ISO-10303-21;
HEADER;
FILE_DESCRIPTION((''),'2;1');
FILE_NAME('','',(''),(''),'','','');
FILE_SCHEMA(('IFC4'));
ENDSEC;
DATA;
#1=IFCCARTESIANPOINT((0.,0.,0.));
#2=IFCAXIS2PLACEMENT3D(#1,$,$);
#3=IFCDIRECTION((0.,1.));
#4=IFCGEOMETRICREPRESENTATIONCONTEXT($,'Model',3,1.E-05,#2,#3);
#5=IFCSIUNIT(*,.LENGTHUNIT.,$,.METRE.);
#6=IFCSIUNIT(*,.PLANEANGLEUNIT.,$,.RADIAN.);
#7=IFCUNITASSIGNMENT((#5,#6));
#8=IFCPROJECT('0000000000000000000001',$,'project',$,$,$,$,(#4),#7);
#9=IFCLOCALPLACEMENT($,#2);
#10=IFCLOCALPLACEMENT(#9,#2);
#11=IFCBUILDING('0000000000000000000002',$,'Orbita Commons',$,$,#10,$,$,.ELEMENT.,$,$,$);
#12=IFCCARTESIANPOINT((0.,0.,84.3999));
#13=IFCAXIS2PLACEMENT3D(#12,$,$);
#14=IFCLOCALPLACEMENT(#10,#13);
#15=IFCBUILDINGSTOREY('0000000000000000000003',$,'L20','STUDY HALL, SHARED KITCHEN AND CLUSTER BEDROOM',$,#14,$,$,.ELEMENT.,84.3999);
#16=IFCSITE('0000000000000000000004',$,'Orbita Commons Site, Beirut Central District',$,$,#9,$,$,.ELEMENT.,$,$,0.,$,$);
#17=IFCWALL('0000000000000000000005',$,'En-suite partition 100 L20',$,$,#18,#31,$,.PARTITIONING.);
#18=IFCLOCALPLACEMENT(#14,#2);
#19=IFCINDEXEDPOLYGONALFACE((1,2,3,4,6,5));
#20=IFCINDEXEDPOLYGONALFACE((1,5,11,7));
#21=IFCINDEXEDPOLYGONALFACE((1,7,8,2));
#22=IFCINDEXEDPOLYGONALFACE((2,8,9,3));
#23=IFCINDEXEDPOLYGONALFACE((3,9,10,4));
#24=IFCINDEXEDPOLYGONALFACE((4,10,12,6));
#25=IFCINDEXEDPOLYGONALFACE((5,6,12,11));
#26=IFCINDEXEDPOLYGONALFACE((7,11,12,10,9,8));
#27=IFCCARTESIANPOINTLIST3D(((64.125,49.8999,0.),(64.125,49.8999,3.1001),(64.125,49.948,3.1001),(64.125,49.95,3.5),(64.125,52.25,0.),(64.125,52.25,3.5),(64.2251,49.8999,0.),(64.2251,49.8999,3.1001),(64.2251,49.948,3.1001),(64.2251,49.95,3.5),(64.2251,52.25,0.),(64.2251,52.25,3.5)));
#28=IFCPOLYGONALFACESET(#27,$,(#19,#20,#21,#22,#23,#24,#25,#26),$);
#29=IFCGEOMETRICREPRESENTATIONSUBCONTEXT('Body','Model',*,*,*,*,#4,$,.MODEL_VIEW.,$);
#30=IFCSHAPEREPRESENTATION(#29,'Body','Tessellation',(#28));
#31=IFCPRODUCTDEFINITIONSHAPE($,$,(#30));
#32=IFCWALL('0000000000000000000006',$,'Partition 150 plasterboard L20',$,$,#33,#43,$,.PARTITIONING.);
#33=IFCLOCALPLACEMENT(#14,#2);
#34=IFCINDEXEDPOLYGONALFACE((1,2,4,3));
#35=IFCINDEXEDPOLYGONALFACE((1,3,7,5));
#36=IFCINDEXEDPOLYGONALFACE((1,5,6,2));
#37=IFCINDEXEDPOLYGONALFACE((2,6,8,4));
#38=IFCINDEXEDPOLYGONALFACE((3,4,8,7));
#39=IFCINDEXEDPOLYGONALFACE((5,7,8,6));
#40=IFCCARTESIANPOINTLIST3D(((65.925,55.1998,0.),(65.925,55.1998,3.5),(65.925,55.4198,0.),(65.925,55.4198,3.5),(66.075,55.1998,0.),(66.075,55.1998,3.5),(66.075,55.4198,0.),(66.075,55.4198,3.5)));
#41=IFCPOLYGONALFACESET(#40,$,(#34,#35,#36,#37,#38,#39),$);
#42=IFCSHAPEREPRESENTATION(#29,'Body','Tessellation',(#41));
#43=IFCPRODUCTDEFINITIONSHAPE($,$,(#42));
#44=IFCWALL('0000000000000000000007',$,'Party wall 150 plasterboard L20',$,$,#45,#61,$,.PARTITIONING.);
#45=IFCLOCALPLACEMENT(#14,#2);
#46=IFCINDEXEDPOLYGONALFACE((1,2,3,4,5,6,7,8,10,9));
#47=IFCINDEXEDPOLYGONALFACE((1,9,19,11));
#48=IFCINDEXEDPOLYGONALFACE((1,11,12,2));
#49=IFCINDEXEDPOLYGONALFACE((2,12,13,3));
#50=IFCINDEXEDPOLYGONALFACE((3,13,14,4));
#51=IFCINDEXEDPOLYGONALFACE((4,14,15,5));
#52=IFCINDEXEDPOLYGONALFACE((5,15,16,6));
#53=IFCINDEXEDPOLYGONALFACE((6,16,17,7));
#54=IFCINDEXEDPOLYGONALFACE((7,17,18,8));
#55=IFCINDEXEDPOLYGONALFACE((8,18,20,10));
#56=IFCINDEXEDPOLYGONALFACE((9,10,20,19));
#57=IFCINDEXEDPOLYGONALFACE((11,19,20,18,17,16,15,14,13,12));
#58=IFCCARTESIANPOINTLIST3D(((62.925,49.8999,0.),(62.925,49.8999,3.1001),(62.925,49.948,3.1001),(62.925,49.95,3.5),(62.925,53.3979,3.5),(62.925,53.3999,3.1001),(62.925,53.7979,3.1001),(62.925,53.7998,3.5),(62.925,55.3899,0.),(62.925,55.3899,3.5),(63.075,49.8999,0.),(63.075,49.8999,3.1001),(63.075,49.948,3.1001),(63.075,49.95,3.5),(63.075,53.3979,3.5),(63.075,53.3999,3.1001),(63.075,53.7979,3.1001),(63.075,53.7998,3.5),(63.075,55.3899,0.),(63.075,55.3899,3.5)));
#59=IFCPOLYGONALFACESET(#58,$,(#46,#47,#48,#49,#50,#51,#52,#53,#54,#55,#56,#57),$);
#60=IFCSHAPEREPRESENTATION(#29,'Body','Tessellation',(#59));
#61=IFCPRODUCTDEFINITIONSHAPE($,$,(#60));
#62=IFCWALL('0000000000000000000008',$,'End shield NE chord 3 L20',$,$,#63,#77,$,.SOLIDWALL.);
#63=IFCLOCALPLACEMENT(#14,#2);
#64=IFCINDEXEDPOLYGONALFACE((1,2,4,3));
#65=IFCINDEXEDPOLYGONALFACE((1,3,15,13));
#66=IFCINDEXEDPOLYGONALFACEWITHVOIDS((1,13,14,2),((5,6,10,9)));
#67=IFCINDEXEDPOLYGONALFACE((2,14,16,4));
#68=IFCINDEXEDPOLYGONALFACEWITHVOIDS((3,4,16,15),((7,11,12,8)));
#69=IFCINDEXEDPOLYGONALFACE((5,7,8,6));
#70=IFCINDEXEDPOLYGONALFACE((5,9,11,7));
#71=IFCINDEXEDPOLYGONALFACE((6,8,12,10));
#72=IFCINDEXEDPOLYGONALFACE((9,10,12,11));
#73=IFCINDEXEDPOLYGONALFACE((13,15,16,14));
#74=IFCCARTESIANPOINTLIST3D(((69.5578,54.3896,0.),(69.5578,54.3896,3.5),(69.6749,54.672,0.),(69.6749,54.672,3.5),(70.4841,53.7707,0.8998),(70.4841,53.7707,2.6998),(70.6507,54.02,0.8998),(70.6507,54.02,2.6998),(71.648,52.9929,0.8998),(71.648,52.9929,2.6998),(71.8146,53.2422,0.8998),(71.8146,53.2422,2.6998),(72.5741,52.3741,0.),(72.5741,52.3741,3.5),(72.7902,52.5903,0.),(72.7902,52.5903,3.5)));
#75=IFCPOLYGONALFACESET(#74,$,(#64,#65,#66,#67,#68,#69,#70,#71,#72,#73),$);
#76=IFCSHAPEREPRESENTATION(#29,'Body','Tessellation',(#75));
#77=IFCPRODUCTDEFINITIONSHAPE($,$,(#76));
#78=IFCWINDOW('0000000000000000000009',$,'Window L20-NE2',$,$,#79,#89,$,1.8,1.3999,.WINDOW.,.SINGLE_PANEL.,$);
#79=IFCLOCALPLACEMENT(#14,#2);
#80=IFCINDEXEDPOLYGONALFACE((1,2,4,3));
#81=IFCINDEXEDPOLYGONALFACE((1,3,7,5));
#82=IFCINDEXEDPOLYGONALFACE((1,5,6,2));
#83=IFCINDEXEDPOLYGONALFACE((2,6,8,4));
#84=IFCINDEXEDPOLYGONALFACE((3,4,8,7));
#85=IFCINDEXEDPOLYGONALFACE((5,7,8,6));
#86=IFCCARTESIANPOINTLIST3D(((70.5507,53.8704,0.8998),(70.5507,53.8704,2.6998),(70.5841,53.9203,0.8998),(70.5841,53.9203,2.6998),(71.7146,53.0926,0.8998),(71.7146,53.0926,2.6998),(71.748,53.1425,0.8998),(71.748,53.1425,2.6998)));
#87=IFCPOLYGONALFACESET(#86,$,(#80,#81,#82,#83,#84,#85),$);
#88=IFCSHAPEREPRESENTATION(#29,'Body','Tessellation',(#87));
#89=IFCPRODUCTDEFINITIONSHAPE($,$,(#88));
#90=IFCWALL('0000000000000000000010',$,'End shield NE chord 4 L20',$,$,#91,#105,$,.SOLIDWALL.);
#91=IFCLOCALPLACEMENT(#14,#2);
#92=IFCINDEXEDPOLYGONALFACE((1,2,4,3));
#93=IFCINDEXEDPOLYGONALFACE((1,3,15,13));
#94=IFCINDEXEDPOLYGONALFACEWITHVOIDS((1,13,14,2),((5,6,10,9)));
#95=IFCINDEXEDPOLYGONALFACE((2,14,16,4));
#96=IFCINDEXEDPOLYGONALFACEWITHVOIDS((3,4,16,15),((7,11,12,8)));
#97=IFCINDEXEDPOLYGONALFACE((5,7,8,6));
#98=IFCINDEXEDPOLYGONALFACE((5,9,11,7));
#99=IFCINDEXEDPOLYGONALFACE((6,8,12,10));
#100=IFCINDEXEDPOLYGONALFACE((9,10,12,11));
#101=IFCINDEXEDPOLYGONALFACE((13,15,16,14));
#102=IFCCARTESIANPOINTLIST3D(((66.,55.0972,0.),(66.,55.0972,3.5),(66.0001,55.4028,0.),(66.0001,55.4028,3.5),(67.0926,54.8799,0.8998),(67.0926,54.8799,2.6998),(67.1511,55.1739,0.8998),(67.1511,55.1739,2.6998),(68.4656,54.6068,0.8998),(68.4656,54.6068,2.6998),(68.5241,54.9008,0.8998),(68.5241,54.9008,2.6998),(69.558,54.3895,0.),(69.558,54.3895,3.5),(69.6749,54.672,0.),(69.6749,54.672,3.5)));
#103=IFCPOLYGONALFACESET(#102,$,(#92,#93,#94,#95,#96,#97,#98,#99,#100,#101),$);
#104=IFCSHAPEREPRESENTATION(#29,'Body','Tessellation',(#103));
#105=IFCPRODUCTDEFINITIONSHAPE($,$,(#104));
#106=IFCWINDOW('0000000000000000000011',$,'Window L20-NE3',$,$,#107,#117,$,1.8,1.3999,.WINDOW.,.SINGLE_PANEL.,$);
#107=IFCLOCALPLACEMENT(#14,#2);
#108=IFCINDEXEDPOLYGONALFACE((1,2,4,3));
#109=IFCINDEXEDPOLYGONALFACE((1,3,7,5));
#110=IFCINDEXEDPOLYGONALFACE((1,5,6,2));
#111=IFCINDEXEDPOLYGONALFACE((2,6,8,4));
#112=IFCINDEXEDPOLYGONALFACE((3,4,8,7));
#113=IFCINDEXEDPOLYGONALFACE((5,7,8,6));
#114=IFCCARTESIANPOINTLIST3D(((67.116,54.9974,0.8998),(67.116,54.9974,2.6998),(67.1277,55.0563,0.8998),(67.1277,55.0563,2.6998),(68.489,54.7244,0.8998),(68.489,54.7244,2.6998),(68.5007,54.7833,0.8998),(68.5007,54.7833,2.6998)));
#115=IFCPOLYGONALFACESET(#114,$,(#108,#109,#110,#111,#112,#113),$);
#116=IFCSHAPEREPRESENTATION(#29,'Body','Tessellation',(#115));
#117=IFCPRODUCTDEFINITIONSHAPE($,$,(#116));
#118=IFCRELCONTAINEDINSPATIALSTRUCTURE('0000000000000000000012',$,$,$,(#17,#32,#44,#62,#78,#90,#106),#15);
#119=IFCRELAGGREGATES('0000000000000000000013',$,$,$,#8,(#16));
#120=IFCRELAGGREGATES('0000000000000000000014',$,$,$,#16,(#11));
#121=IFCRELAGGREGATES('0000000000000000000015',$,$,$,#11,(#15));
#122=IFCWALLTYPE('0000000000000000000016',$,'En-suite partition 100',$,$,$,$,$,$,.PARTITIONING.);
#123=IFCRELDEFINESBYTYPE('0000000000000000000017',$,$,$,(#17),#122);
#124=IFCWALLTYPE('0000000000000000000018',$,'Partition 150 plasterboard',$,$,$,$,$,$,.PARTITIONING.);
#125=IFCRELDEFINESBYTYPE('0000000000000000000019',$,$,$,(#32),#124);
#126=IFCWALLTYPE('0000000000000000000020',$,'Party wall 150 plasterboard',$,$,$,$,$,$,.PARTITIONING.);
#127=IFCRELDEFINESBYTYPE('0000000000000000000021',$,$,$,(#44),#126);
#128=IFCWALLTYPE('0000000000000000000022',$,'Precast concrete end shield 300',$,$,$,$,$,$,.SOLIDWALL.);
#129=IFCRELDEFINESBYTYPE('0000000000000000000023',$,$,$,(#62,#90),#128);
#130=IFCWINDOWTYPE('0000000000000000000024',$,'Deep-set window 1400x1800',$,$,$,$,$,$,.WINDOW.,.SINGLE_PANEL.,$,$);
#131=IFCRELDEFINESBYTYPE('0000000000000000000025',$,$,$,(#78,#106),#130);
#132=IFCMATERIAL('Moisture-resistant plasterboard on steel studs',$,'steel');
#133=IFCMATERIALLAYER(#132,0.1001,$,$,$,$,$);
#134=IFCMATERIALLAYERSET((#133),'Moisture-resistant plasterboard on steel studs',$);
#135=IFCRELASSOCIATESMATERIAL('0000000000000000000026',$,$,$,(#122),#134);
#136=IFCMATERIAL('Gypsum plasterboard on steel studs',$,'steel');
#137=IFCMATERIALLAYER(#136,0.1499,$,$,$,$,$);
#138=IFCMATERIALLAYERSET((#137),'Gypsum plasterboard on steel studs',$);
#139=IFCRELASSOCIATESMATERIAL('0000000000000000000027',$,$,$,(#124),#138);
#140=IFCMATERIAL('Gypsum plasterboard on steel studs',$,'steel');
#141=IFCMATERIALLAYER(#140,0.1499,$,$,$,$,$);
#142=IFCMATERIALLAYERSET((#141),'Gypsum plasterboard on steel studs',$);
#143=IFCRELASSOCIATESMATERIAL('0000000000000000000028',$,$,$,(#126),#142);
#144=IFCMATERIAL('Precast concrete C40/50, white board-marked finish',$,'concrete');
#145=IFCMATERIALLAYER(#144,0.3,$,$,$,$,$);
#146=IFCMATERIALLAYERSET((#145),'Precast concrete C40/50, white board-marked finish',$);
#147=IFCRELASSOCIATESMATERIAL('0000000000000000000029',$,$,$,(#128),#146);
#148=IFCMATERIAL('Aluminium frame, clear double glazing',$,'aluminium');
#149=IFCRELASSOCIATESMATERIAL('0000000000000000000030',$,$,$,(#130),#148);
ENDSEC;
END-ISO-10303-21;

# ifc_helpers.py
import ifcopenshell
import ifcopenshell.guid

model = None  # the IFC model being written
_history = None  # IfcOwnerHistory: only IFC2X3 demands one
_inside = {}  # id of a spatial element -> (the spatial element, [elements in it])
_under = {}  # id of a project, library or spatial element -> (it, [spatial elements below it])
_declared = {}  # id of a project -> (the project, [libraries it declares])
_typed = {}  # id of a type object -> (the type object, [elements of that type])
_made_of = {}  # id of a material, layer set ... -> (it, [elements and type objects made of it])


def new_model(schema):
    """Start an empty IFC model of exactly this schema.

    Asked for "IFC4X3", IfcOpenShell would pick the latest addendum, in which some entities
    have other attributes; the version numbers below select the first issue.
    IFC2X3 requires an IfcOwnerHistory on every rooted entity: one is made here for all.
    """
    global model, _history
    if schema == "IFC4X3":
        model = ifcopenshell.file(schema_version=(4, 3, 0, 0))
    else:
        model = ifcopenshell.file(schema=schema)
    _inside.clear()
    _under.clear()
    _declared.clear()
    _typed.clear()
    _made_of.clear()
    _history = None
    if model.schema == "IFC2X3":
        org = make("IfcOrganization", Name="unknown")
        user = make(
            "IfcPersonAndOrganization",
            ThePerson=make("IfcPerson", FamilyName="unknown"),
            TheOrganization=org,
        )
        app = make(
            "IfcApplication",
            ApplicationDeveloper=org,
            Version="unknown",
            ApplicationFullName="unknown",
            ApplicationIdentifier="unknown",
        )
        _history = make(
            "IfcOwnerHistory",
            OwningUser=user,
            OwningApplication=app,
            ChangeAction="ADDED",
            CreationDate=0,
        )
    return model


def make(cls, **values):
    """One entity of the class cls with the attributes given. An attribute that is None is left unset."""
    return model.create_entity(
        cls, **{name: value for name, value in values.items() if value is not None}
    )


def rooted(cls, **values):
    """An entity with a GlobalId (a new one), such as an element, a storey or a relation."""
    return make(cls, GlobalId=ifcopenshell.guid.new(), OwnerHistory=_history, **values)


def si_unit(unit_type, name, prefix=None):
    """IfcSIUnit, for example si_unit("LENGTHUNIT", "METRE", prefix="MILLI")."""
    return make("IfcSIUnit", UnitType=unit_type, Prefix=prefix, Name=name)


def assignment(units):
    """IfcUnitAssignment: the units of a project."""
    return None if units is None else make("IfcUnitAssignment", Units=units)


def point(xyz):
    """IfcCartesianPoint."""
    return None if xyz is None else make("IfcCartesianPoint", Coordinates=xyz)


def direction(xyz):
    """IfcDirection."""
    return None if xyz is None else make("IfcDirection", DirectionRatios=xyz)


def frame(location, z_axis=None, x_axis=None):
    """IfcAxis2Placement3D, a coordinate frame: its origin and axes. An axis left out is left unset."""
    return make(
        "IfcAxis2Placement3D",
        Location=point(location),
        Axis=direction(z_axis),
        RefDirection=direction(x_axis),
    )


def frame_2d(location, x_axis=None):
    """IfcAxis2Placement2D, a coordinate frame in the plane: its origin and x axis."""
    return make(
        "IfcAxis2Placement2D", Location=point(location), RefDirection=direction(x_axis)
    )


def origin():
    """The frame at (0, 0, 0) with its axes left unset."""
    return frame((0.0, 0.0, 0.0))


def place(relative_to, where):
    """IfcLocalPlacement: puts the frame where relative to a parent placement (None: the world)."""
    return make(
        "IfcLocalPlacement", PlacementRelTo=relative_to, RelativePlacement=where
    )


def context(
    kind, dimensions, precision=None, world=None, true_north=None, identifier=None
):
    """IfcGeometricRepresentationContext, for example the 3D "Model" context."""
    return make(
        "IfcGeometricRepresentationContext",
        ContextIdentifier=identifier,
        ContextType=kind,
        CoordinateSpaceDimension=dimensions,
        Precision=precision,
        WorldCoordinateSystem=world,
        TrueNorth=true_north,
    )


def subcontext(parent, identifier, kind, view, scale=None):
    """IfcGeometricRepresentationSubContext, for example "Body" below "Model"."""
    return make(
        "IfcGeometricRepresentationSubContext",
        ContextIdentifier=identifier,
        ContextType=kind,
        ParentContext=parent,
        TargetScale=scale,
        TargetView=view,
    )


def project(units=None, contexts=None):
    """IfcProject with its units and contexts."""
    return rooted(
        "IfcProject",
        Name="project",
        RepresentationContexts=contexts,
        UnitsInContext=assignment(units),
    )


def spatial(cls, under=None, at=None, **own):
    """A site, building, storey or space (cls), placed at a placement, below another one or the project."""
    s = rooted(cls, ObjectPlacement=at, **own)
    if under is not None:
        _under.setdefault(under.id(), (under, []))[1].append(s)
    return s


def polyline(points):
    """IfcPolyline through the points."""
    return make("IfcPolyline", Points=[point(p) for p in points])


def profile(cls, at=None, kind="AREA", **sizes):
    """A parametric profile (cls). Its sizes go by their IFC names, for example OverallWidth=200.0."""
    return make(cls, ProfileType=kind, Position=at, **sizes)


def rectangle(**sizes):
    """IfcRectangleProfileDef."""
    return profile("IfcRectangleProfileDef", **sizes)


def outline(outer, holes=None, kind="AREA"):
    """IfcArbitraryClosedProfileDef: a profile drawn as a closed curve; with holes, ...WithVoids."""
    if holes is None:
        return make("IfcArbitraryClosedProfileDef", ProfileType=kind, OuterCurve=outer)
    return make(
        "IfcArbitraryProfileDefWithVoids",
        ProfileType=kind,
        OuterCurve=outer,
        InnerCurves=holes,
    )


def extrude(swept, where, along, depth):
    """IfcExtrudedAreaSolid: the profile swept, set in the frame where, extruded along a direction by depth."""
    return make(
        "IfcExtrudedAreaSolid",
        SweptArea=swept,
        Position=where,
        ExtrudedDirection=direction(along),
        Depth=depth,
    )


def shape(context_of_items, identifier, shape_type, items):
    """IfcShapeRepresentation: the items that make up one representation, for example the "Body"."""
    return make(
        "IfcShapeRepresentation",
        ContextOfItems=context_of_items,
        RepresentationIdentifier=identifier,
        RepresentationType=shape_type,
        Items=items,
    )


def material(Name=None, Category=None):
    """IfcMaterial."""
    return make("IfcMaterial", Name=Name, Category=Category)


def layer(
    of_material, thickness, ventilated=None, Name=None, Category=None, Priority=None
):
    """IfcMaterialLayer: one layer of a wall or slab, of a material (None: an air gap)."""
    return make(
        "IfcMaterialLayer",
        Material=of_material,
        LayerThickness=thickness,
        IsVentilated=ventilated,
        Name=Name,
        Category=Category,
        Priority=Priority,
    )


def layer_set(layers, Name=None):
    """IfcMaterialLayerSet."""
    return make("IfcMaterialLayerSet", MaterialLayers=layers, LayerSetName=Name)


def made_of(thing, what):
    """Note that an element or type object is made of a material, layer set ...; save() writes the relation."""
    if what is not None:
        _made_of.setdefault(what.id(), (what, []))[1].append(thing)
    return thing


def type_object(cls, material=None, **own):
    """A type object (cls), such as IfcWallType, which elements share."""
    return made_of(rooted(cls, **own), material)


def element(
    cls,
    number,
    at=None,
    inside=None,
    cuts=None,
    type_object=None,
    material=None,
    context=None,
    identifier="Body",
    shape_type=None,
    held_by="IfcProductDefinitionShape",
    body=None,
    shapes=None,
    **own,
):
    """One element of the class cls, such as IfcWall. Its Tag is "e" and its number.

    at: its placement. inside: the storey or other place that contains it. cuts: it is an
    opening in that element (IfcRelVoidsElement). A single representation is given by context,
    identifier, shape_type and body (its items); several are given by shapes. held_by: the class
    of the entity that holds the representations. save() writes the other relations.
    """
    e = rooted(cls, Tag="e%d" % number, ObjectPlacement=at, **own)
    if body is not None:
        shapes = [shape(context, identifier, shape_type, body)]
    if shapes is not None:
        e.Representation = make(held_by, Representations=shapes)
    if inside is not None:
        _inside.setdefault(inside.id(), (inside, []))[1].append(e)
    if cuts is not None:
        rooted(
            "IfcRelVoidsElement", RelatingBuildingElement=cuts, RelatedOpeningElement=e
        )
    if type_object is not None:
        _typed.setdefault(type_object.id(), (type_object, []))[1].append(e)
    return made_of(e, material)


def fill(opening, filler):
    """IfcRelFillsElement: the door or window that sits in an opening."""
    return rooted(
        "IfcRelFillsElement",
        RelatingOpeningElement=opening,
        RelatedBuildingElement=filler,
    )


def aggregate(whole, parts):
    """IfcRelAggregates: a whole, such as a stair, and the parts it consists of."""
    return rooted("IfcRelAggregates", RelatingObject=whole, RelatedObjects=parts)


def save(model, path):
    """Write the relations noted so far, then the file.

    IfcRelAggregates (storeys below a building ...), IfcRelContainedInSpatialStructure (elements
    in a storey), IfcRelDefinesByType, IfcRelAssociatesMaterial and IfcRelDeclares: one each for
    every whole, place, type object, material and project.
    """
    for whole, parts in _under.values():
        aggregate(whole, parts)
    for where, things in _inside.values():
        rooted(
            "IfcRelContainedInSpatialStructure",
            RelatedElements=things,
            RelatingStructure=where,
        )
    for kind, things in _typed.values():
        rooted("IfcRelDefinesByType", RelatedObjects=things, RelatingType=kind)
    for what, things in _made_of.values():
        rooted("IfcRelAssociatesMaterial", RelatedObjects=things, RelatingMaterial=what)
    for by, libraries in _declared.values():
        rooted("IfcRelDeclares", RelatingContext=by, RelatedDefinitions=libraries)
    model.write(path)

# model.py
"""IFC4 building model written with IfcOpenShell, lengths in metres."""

from ifc_helpers import new_model, si_unit, direction, frame, frame_2d, origin, place, context, subcontext, project, spatial, polyline, rectangle, outline, extrude, material, layer, layer_set, type_object, element, fill, save


model = new_model("IFC4")

# Units and contexts
model_context = context("Model", 3, precision=1e-05, world=origin(), true_north=direction((0.0, 1.0)))
body_context = subcontext(model_context, "Body", "Model", "MODEL_VIEW")
ifc_project = project(units=[si_unit("LENGTHUNIT", "METRE"), si_unit("PLANEANGLEUNIT", "RADIAN")], contexts=[model_context])

# Site, building, storey
site_placement = place(None, origin())
site = spatial("IfcSite", under=ifc_project, at=site_placement, Name="Orbita Commons Site, Beirut Central District", CompositionType="ELEMENT", RefElevation=0.0)
building_placement = place(site_placement, origin())
building = spatial("IfcBuilding", under=site, at=building_placement, Name="Orbita Commons", CompositionType="ELEMENT")
storey_placement = place(building_placement, frame((0.0, 0.0, 84.3999)))
storey = spatial("IfcBuildingStorey", under=building, at=storey_placement, Name="L20", Description="STUDY HALL, SHARED KITCHEN AND CLUSTER BEDROOM", CompositionType="ELEMENT", Elevation=84.3999)

# Shared definitions
ifc_material_1 = material(Name="Moisture-resistant plasterboard on steel studs", Category="steel")
ifc_layer_1 = layer(ifc_material_1, 0.1001)
ifc_layer_set_1 = layer_set([ifc_layer_1], Name="Moisture-resistant plasterboard on steel studs")
wall_type_1 = type_object("IfcWallType", Name="En-suite partition 100", PredefinedType="PARTITIONING", material=ifc_layer_set_1)

# Walls
wall_1_placement = place(storey_placement, frame((64.175, 52.25, 0.0), z_axis=(0.0, 0.0, 1.0), x_axis=(0.0, -1.0, 0.0)))
element("IfcWall", 1, at=wall_1_placement, inside=storey, type_object=wall_type_1, Name="En-suite partition 100 L20", PredefinedType="PARTITIONING", context=body_context, shape_type="SweptSolid", body=[
    extrude(outline(polyline([(0.0, 0.0), (2.3501, 0.0), (2.3501, 3.1001), (2.302, 3.1001), (2.3, 3.5), (0.0, 3.5), (0.0, 0.0)])), frame((0.0, 0.05, 0.0), z_axis=(0.0, -1.0, 0.0), x_axis=(1.0, 0.0, 0.0)), (0.0, 0.0, 1.0), 0.1001),
])
ifc_material_2 = material(Name="Gypsum plasterboard on steel studs", Category="steel")
ifc_layer_2 = layer(ifc_material_2, 0.1499)
ifc_layer_set_2 = layer_set([ifc_layer_2], Name="Gypsum plasterboard on steel studs")
wall_type_2 = type_object("IfcWallType", Name="Partition 150 plasterboard", PredefinedType="PARTITIONING", material=ifc_layer_set_2)
wall_2_placement = place(storey_placement, frame((66.0, 55.2, 0.0), z_axis=(0.0, 0.0, 1.0), x_axis=(0.0, 1.0, 0.0)))
element("IfcWall", 2, at=wall_2_placement, inside=storey, type_object=wall_type_2, Name="Partition 150 plasterboard L20", PredefinedType="PARTITIONING", context=body_context, shape_type="SweptSolid", body=[
    extrude(rectangle(XDim=0.22, YDim=0.1499, at=frame_2d((0.1099, 0.0))), origin(), (0.0, 0.0, 1.0), 3.5),
])
ifc_material_3 = material(Name="Gypsum plasterboard on steel studs", Category="steel")
ifc_layer_3 = layer(ifc_material_3, 0.1499)
ifc_layer_set_3 = layer_set([ifc_layer_3], Name="Gypsum plasterboard on steel studs")
wall_type_3 = type_object("IfcWallType", Name="Party wall 150 plasterboard", PredefinedType="PARTITIONING", material=ifc_layer_set_3)
wall_3_placement = place(storey_placement, frame((63.0, 55.3899, 0.0), z_axis=(0.0, 0.0, 1.0), x_axis=(0.0, -1.0, 0.0)))
element("IfcWall", 3, at=wall_3_placement, inside=storey, type_object=wall_type_3, Name="Party wall 150 plasterboard L20", PredefinedType="PARTITIONING", context=body_context, shape_type="SweptSolid", body=[
    extrude(outline(polyline([(0.0, 0.0), (5.49, 0.0), (5.49, 3.1001), (5.4419, 3.1001), (5.4399, 3.5), (1.9919, 3.5), (1.99, 3.1001), (1.592, 3.1001), (1.5901, 3.5), (0.0, 3.5), (0.0, 0.0)])), frame((0.0, 0.075, 0.0), z_axis=(0.0, -1.0, 0.0), x_axis=(1.0, 0.0, 0.0)), (0.0, 0.0, 1.0), 0.1499),
])

# Walls, openings, windows
ifc_material_4 = material(Name="Precast concrete C40/50, white board-marked finish", Category="concrete")
ifc_layer_4 = layer(ifc_material_4, 0.3)
ifc_layer_set_4 = layer_set([ifc_layer_4], Name="Precast concrete C40/50, white board-marked finish")
wall_type_4 = type_object("IfcWallType", Name="Precast concrete end shield 300", PredefinedType="SOLIDWALL", material=ifc_layer_set_4)
wall_4_placement = place(storey_placement, frame((72.6821, 52.4822, 0.0), z_axis=(0.0, 0.0, 1.0), x_axis=(-0.831449, 0.555601, 0.0)))
wall_4 = element("IfcWall", 4, at=wall_4_placement, inside=storey, type_object=wall_type_4, Name="End shield NE chord 3 L20", PredefinedType="SOLIDWALL", context=body_context, shape_type="SweptSolid", body=[
    extrude(outline(polyline([(-0.0298, -0.1499), (3.717, -0.1499), (3.6575, 0.1499), (0.0298, 0.1499), (-0.0298, -0.1499)])), origin(), (0.0, 0.0, 1.0), 3.5),
])
opening_1_placement = place(wall_4_placement, frame((1.1436, 0.0, 0.8999)))
opening_1 = element("IfcOpeningElement", 5, at=opening_1_placement, cuts=wall_4, PredefinedType="OPENING", context=body_context, shape_type="SweptSolid", body=[
    extrude(rectangle(XDim=1.3999, YDim=1.8, at=frame_2d((0.7, 0.8999))), frame((0.0, 0.1599, 0.0), z_axis=(0.0, -1.0, 0.0), x_axis=(1.0, 0.0, 0.0)), (0.0, 0.0, 1.0), 0.3201),
])
ifc_material_5 = material(Name="Aluminium frame, clear double glazing", Category="aluminium")
window_type = type_object("IfcWindowType", Name="Deep-set window 1400x1800", PartitioningType="SINGLE_PANEL", PredefinedType="WINDOW", material=ifc_material_5)
window_1_placement = place(opening_1_placement, origin())
window_1 = element("IfcWindow", 6, at=window_1_placement, inside=storey, type_object=window_type, Name="Window L20-NE2", OverallHeight=1.8, OverallWidth=1.3999, PartitioningType="SINGLE_PANEL", PredefinedType="WINDOW", context=body_context, shape_type="SweptSolid", body=[
    extrude(rectangle(XDim=1.3999, YDim=1.8, at=frame_2d((0.7, 0.8999))), frame((0.0, 0.03, 0.0), z_axis=(0.0, -1.0, 0.0), x_axis=(1.0, 0.0, 0.0)), (0.0, 0.0, 1.0), 0.0601),
])
fill(opening_1, window_1)
wall_5_placement = place(storey_placement, frame((69.6165, 54.5308, 0.0), z_axis=(0.0, 0.0, 1.0), x_axis=(-0.980791, 0.195059, 0.0)))
wall_5 = element("IfcWall", 7, at=wall_5_placement, inside=storey, type_object=wall_type_4, Name="End shield NE chord 4 L20", PredefinedType="SOLIDWALL", context=body_context, shape_type="SweptSolid", body=[
    extrude(outline(polyline([(-0.0298, -0.1499), (3.717, -0.1499), (3.6575, 0.1499), (0.0298, 0.1499), (-0.0298, -0.1499)])), origin(), (0.0, 0.0, 1.0), 3.5),
])
opening_2_placement = place(wall_5_placement, frame((1.1436, 0.0, 0.8999)))
opening_2 = element("IfcOpeningElement", 8, at=opening_2_placement, cuts=wall_5, PredefinedType="OPENING", context=body_context, shape_type="SweptSolid", body=[
    extrude(rectangle(XDim=1.3999, YDim=1.8, at=frame_2d((0.7, 0.8999))), frame((0.0, 0.1599, 0.0), z_axis=(0.0, -1.0, 0.0), x_axis=(1.0, 0.0, 0.0)), (0.0, 0.0, 1.0), 0.3201),
])
window_2_placement = place(opening_2_placement, origin())
window_2 = element("IfcWindow", 9, at=window_2_placement, inside=storey, type_object=window_type, Name="Window L20-NE3", OverallHeight=1.8, OverallWidth=1.3999, PartitioningType="SINGLE_PANEL", PredefinedType="WINDOW", context=body_context, shape_type="SweptSolid", body=[
    extrude(rectangle(XDim=1.3999, YDim=1.8, at=frame_2d((0.7, 0.8999))), frame((0.0, 0.03, 0.0), z_axis=(0.0, -1.0, 0.0), x_axis=(1.0, 0.0, 0.0)), (0.0, 0.0, 1.0), 0.0601),
])
fill(opening_2, window_2)

save(model, "model.ifc")
